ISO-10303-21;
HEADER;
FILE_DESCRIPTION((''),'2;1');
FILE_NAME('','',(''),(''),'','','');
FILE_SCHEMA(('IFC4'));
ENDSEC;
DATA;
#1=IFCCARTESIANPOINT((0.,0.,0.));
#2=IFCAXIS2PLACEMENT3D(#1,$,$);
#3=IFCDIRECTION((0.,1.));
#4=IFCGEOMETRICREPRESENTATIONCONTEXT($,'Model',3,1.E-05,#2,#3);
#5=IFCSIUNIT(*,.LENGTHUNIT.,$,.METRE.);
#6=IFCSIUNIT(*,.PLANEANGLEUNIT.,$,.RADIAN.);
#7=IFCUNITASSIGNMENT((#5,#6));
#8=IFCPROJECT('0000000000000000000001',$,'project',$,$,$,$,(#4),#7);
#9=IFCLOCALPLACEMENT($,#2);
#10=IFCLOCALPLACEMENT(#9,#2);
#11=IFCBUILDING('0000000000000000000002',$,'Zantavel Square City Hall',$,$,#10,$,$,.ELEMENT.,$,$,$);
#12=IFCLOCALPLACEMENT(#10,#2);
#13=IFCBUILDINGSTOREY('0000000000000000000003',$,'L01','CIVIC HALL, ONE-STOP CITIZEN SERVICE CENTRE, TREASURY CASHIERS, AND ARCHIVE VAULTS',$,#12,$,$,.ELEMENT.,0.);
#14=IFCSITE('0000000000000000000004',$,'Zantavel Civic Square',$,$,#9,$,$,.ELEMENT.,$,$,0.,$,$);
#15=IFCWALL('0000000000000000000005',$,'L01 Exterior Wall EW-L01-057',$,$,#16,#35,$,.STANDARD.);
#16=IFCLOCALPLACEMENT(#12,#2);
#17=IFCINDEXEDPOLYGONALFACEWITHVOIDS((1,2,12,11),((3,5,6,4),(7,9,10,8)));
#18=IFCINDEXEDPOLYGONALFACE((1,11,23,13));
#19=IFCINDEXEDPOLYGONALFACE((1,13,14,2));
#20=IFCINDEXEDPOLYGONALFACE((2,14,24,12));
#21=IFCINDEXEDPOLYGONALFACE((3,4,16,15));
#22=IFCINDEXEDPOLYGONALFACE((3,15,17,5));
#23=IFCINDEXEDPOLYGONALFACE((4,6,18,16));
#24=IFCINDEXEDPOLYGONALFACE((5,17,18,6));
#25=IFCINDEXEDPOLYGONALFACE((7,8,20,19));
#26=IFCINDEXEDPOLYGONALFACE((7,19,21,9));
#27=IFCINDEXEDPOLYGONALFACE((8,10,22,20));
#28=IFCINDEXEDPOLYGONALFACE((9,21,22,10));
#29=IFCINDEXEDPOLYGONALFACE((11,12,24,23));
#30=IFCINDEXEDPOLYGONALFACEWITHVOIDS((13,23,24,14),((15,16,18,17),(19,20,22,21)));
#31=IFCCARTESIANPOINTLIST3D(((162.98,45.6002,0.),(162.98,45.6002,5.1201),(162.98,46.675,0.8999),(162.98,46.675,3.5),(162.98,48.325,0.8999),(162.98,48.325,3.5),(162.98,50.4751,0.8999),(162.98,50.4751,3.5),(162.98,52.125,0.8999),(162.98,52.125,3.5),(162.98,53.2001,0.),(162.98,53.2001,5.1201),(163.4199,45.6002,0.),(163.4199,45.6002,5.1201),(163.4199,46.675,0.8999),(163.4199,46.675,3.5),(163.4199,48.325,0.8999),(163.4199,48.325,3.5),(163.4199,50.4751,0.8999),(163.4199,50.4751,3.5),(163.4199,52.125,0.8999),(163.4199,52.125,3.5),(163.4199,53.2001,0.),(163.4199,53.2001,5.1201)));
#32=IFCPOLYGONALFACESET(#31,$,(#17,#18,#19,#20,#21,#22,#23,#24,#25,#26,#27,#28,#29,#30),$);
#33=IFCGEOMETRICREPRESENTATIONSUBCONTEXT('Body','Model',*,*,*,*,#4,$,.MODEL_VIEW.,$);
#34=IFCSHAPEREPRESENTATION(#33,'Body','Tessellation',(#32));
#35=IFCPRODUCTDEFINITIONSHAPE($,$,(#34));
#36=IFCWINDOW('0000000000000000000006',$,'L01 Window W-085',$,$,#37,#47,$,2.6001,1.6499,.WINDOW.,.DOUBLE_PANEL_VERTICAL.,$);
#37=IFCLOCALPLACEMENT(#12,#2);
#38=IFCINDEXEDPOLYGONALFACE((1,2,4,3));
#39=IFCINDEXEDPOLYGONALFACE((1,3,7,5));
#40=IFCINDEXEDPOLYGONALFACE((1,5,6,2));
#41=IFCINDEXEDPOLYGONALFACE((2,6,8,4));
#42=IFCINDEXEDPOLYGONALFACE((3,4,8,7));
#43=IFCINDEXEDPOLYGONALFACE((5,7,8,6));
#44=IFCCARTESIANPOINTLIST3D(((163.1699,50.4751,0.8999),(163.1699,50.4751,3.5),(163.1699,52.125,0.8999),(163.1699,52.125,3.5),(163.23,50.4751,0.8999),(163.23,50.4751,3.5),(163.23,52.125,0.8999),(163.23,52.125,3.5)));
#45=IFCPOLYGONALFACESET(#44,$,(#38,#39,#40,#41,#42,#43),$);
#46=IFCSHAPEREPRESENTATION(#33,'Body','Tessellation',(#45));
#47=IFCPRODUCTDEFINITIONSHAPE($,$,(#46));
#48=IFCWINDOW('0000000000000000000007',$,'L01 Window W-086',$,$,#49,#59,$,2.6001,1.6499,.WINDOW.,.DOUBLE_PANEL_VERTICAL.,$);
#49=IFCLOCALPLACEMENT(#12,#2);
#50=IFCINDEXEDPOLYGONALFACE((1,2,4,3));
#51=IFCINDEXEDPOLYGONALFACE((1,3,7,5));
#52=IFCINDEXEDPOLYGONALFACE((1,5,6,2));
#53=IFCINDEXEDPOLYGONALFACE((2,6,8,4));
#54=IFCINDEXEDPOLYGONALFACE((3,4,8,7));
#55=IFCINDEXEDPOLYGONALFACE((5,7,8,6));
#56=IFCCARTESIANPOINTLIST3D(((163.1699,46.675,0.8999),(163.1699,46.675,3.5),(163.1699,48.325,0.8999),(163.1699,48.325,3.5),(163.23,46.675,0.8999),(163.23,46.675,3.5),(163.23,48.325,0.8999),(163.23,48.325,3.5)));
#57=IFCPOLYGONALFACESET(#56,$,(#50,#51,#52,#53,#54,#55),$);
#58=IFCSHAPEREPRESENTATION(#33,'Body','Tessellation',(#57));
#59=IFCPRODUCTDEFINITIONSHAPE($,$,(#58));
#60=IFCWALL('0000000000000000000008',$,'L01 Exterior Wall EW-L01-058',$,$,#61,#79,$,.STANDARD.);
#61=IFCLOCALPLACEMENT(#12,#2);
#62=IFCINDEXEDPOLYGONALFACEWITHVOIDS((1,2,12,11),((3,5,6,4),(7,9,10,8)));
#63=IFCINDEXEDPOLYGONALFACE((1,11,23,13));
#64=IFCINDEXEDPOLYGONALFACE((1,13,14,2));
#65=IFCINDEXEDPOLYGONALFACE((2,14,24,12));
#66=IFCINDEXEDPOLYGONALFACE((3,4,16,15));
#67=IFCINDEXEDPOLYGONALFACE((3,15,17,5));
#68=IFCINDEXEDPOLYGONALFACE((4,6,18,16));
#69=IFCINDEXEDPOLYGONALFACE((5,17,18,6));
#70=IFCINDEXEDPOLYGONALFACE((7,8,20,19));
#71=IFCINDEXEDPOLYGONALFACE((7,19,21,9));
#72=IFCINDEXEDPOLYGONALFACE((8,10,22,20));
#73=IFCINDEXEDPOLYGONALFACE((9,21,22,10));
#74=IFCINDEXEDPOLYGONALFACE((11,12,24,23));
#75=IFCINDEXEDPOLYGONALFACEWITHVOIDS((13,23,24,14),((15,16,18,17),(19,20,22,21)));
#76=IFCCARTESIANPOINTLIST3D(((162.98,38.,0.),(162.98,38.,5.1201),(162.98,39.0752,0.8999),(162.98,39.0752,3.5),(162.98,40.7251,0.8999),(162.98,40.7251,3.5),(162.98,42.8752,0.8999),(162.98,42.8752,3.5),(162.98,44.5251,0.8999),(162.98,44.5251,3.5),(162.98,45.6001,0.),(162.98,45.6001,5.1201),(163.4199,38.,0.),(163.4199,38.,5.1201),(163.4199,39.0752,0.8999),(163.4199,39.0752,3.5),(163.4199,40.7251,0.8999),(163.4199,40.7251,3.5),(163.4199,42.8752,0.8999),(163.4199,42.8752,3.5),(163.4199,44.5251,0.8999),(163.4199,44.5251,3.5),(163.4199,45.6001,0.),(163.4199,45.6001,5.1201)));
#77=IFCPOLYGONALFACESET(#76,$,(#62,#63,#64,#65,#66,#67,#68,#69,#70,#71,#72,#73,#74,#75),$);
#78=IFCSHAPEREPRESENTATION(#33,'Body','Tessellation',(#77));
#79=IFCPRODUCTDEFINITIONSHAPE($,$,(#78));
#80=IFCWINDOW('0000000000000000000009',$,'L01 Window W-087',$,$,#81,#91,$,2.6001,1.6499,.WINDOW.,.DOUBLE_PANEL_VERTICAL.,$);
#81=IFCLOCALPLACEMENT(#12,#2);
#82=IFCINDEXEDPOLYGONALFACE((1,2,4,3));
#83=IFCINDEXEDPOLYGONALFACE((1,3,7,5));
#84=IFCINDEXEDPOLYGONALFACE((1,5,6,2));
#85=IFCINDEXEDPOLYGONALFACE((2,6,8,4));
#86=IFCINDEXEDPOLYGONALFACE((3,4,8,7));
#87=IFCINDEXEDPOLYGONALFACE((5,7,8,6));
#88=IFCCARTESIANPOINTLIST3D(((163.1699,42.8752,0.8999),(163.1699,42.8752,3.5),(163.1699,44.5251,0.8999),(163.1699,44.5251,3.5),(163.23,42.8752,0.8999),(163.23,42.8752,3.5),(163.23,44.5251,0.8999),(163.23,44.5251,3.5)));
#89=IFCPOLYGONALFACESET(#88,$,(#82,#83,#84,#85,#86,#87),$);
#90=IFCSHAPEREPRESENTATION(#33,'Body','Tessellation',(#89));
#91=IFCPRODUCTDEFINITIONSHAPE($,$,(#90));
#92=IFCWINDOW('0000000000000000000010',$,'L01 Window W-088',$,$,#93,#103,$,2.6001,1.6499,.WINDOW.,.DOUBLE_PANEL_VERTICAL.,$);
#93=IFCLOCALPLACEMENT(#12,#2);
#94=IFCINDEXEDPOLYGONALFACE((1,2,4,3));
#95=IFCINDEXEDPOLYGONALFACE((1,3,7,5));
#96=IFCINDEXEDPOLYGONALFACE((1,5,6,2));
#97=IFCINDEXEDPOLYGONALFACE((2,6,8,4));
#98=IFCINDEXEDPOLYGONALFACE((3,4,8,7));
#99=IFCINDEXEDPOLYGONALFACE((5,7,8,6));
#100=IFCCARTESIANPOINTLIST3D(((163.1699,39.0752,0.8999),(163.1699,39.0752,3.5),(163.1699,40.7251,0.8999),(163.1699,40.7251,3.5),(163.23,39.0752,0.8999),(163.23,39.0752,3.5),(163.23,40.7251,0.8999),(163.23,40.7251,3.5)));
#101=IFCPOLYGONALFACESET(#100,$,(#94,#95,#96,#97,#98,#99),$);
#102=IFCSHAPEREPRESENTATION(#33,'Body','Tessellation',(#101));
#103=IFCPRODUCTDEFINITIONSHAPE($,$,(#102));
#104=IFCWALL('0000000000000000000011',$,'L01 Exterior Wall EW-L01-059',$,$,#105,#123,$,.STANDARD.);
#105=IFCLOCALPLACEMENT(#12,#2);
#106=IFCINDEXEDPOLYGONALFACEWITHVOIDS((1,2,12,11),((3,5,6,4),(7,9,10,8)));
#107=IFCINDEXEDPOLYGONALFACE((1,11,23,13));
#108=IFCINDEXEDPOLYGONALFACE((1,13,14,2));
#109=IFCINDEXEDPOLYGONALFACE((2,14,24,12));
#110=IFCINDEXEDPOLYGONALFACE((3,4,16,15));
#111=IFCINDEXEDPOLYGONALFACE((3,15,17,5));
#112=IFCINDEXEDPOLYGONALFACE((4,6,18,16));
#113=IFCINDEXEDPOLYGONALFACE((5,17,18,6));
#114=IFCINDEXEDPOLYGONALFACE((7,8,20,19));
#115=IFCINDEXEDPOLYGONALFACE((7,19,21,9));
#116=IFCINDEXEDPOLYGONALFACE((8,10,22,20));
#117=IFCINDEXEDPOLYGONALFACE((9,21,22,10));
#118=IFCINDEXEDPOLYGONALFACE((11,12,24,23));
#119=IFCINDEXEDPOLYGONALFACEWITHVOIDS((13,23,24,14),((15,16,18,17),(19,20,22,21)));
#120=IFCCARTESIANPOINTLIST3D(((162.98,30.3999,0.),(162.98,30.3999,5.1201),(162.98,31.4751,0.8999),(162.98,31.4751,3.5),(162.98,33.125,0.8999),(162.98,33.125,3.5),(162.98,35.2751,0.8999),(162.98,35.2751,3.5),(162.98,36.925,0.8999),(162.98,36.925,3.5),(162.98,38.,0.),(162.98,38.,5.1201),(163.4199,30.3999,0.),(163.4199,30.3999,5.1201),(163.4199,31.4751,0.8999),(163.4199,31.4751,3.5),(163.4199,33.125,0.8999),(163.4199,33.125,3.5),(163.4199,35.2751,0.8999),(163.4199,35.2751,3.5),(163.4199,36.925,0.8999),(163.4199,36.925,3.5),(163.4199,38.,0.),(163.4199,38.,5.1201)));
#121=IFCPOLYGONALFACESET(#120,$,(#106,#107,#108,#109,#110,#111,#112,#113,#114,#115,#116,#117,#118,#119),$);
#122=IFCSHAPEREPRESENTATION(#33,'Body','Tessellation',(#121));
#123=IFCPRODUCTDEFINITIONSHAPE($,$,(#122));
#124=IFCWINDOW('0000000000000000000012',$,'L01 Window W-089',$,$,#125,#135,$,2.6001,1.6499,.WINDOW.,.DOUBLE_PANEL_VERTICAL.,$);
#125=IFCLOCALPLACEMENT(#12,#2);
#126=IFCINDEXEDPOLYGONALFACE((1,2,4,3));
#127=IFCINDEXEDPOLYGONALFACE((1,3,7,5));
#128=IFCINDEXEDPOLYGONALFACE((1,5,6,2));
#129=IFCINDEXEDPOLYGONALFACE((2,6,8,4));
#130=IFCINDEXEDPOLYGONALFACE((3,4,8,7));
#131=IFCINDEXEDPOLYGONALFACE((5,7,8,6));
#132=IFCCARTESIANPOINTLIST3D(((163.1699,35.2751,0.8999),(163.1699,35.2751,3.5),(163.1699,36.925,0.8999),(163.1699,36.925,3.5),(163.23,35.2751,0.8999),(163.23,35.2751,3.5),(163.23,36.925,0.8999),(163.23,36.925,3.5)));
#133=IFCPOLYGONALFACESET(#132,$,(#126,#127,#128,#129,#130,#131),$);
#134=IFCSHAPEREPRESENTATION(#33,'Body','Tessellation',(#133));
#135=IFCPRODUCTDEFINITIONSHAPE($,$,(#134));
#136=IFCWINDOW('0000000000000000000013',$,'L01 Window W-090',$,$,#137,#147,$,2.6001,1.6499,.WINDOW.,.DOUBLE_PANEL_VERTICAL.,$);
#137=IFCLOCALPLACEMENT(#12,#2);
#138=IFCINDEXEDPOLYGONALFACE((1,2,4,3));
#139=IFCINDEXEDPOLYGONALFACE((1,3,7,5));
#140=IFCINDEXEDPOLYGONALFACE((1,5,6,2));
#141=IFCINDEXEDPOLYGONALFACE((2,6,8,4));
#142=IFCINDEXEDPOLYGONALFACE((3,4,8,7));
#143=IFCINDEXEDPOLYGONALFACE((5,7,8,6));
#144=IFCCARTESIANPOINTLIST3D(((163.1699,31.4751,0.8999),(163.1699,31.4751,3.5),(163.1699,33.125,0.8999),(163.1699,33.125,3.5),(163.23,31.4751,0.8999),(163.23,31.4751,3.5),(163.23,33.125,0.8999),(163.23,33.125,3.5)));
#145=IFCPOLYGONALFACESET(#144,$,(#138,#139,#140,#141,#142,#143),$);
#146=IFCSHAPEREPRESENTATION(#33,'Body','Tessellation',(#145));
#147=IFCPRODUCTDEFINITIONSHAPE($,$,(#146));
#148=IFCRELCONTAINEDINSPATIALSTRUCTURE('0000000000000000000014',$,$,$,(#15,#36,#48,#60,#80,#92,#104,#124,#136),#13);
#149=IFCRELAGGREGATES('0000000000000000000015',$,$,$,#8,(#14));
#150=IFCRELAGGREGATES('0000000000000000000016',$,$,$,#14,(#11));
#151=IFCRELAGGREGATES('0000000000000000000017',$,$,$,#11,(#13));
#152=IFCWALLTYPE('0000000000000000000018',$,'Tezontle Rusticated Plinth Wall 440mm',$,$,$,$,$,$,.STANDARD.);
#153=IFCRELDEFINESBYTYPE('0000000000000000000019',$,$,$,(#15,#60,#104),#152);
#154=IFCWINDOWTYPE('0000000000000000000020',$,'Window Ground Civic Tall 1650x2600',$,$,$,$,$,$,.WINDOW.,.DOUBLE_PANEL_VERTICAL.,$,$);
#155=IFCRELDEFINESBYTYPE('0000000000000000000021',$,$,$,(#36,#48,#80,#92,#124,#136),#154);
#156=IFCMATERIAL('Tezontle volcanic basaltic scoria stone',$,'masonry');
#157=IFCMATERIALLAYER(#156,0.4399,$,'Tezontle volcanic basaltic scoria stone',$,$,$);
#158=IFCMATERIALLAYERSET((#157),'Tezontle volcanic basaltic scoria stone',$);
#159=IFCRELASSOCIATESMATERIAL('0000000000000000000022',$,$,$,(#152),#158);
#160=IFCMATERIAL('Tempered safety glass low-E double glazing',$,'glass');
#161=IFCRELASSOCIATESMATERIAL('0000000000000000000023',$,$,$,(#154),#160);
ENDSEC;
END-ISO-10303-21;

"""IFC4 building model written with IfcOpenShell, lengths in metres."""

from ifc_helpers import new_model, si_unit, direction, frame, frame_2d, origin, place, context, subcontext, project, spatial, rectangle, extrude, material, layer, layer_set, type_object, element, fill, save


model = new_model("IFC4")

# Units and contexts
model_context = context("Model", 3, precision=1e-05, world=origin(), true_north=direction((0.0, 1.0)))
body_context = subcontext(model_context, "Body", "Model", "MODEL_VIEW")
ifc_project = project(units=[si_unit("LENGTHUNIT", "METRE"), si_unit("PLANEANGLEUNIT", "RADIAN")], contexts=[model_context])

# Site, building, storey
site_placement = place(None, origin())
site = spatial("IfcSite", under=ifc_project, at=site_placement, Name="Zantavel Civic Square", CompositionType="ELEMENT", RefElevation=0.0)
building_placement = place(site_placement, origin())
building = spatial("IfcBuilding", under=site, at=building_placement, Name="Zantavel Square City Hall", CompositionType="ELEMENT")
storey_placement = place(building_placement, origin())
storey = spatial("IfcBuildingStorey", under=building, at=storey_placement, Name="L01", Description="CIVIC HALL, ONE-STOP CITIZEN SERVICE CENTRE, TREASURY CASHIERS, AND ARCHIVE VAULTS", CompositionType="ELEMENT", Elevation=0.0)

# Walls, openings, windows
ifc_material_1 = material(Name="Tezontle volcanic basaltic scoria stone", Category="masonry")
ifc_layer_1 = layer(ifc_material_1, 0.4399, Name="Tezontle volcanic basaltic scoria stone")
ifc_layer_set_1 = layer_set([ifc_layer_1], Name="Tezontle volcanic basaltic scoria stone")
wall_type_1 = type_object("IfcWallType", Name="Tezontle Rusticated Plinth Wall 440mm", PredefinedType="STANDARD", material=ifc_layer_set_1)
wall_1_placement = place(storey_placement, frame((163.2, 53.2, 0.0), z_axis=(0.0, 0.0, 1.0), x_axis=(0.0, -1.0, 0.0)))
wall_1 = element("IfcWall", 1, at=wall_1_placement, inside=storey, type_object=wall_type_1, Name="L01 Exterior Wall EW-L01-057", PredefinedType="STANDARD", context=body_context, shape_type="SweptSolid", body=[
    extrude(rectangle(XDim=7.5999, YDim=0.4399, at=frame_2d((3.7998, 0.0))), origin(), (0.0, 0.0, 1.0), 5.1201),
])
opening_1_placement = place(wall_1_placement, frame((1.075, 0.0, 0.8999)))
opening_1 = element("IfcOpeningElement", 2, at=opening_1_placement, cuts=wall_1, PredefinedType="OPENING", context=body_context, shape_type="SweptSolid", body=[
    extrude(rectangle(XDim=1.6499, YDim=2.6001, at=frame_2d((0.825, 1.3))), frame((0.0, 0.23, 0.0), z_axis=(0.0, -1.0, 0.0), x_axis=(1.0, 0.0, 0.0)), (0.0, 0.0, 1.0), 0.46),
])
opening_2_placement = place(wall_1_placement, frame((4.875, 0.0, 0.8999)))
opening_2 = element("IfcOpeningElement", 3, at=opening_2_placement, cuts=wall_1, PredefinedType="OPENING", context=body_context, shape_type="SweptSolid", body=[
    extrude(rectangle(XDim=1.6499, YDim=2.6001, at=frame_2d((0.825, 1.3))), frame((0.0, 0.23, 0.0), z_axis=(0.0, -1.0, 0.0), x_axis=(1.0, 0.0, 0.0)), (0.0, 0.0, 1.0), 0.46),
])
ifc_material_2 = material(Name="Tempered safety glass low-E double glazing", Category="glass")
window_type = type_object("IfcWindowType", Name="Window Ground Civic Tall 1650x2600", PartitioningType="DOUBLE_PANEL_VERTICAL", PredefinedType="WINDOW", material=ifc_material_2)
window_1_placement = place(opening_1_placement, origin())
window_1 = element("IfcWindow", 4, at=window_1_placement, inside=storey, type_object=window_type, Name="L01 Window W-085", OverallHeight=2.6001, OverallWidth=1.6499, PartitioningType="DOUBLE_PANEL_VERTICAL", PredefinedType="WINDOW", context=body_context, shape_type="SweptSolid", body=[
    extrude(rectangle(XDim=1.6499, YDim=2.6001, at=frame_2d((0.825, 1.3))), frame((0.0, 0.03, 0.0), z_axis=(0.0, -1.0, 0.0), x_axis=(1.0, 0.0, 0.0)), (0.0, 0.0, 1.0), 0.0601),
])
fill(opening_1, window_1)
window_2_placement = place(opening_2_placement, origin())
window_2 = element("IfcWindow", 5, at=window_2_placement, inside=storey, type_object=window_type, Name="L01 Window W-086", OverallHeight=2.6001, OverallWidth=1.6499, PartitioningType="DOUBLE_PANEL_VERTICAL", PredefinedType="WINDOW", context=body_context, shape_type="SweptSolid", body=[
    extrude(rectangle(XDim=1.6499, YDim=2.6001, at=frame_2d((0.825, 1.3))), frame((0.0, 0.03, 0.0), z_axis=(0.0, -1.0, 0.0), x_axis=(1.0, 0.0, 0.0)), (0.0, 0.0, 1.0), 0.0601),
])
fill(opening_2, window_2)
wall_2_placement = place(storey_placement, frame((163.2, 45.6001, 0.0), z_axis=(0.0, 0.0, 1.0), x_axis=(0.0, -1.0, 0.0)))
wall_2 = element("IfcWall", 6, at=wall_2_placement, inside=storey, type_object=wall_type_1, Name="L01 Exterior Wall EW-L01-058", PredefinedType="STANDARD", context=body_context, shape_type="SweptSolid", body=[
    extrude(rectangle(XDim=7.6001, YDim=0.4399, at=frame_2d((3.8, 0.0))), origin(), (0.0, 0.0, 1.0), 5.1201),
])
opening_3_placement = place(wall_2_placement, frame((1.075, 0.0, 0.8999)))
opening_3 = element("IfcOpeningElement", 7, at=opening_3_placement, cuts=wall_2, PredefinedType="OPENING", context=body_context, shape_type="SweptSolid", body=[
    extrude(rectangle(XDim=1.6499, YDim=2.6001, at=frame_2d((0.825, 1.3))), frame((0.0, 0.23, 0.0), z_axis=(0.0, -1.0, 0.0), x_axis=(1.0, 0.0, 0.0)), (0.0, 0.0, 1.0), 0.46),
])
opening_4_placement = place(wall_2_placement, frame((4.875, 0.0, 0.8999)))
opening_4 = element("IfcOpeningElement", 8, at=opening_4_placement, cuts=wall_2, PredefinedType="OPENING", context=body_context, shape_type="SweptSolid", body=[
    extrude(rectangle(XDim=1.6499, YDim=2.6001, at=frame_2d((0.825, 1.3))), frame((0.0, 0.23, 0.0), z_axis=(0.0, -1.0, 0.0), x_axis=(1.0, 0.0, 0.0)), (0.0, 0.0, 1.0), 0.46),
])
window_3_placement = place(opening_3_placement, origin())
window_3 = element("IfcWindow", 9, at=window_3_placement, inside=storey, type_object=window_type, Name="L01 Window W-087", OverallHeight=2.6001, OverallWidth=1.6499, PartitioningType="DOUBLE_PANEL_VERTICAL", PredefinedType="WINDOW", context=body_context, shape_type="SweptSolid", body=[
    extrude(rectangle(XDim=1.6499, YDim=2.6001, at=frame_2d((0.825, 1.3))), frame((0.0, 0.03, 0.0), z_axis=(0.0, -1.0, 0.0), x_axis=(1.0, 0.0, 0.0)), (0.0, 0.0, 1.0), 0.0601),
])
fill(opening_3, window_3)
window_4_placement = place(opening_4_placement, origin())
window_4 = element("IfcWindow", 10, at=window_4_placement, inside=storey, type_object=window_type, Name="L01 Window W-088", OverallHeight=2.6001, OverallWidth=1.6499, PartitioningType="DOUBLE_PANEL_VERTICAL", PredefinedType="WINDOW", context=body_context, shape_type="SweptSolid", body=[
    extrude(rectangle(XDim=1.6499, YDim=2.6001, at=frame_2d((0.825, 1.3))), frame((0.0, 0.03, 0.0), z_axis=(0.0, -1.0, 0.0), x_axis=(1.0, 0.0, 0.0)), (0.0, 0.0, 1.0), 0.0601),
])
fill(opening_4, window_4)
wall_3_placement = place(storey_placement, frame((163.2, 38.0, 0.0), z_axis=(0.0, 0.0, 1.0), x_axis=(0.0, -1.0, 0.0)))
wall_3 = element("IfcWall", 11, at=wall_3_placement, inside=storey, type_object=wall_type_1, Name="L01 Exterior Wall EW-L01-059", PredefinedType="STANDARD", context=body_context, shape_type="SweptSolid", body=[
    extrude(rectangle(XDim=7.6001, YDim=0.4399, at=frame_2d((3.8, 0.0))), origin(), (0.0, 0.0, 1.0), 5.1201),
])
opening_5_placement = place(wall_3_placement, frame((1.075, 0.0, 0.8999)))
opening_5 = element("IfcOpeningElement", 12, at=opening_5_placement, cuts=wall_3, PredefinedType="OPENING", context=body_context, shape_type="SweptSolid", body=[
    extrude(rectangle(XDim=1.6499, YDim=2.6001, at=frame_2d((0.825, 1.3))), frame((0.0, 0.23, 0.0), z_axis=(0.0, -1.0, 0.0), x_axis=(1.0, 0.0, 0.0)), (0.0, 0.0, 1.0), 0.46),
])
opening_6_placement = place(wall_3_placement, frame((4.875, 0.0, 0.8999)))
opening_6 = element("IfcOpeningElement", 13, at=opening_6_placement, cuts=wall_3, PredefinedType="OPENING", context=body_context, shape_type="SweptSolid", body=[
    extrude(rectangle(XDim=1.6499, YDim=2.6001, at=frame_2d((0.825, 1.3))), frame((0.0, 0.23, 0.0), z_axis=(0.0, -1.0, 0.0), x_axis=(1.0, 0.0, 0.0)), (0.0, 0.0, 1.0), 0.46),
])
window_5_placement = place(opening_5_placement, origin())
window_5 = element("IfcWindow", 14, at=window_5_placement, inside=storey, type_object=window_type, Name="L01 Window W-089", OverallHeight=2.6001, OverallWidth=1.6499, PartitioningType="DOUBLE_PANEL_VERTICAL", PredefinedType="WINDOW", context=body_context, shape_type="SweptSolid", body=[
    extrude(rectangle(XDim=1.6499, YDim=2.6001, at=frame_2d((0.825, 1.3))), frame((0.0, 0.03, 0.0), z_axis=(0.0, -1.0, 0.0), x_axis=(1.0, 0.0, 0.0)), (0.0, 0.0, 1.0), 0.0601),
])
fill(opening_5, window_5)
window_6_placement = place(opening_6_placement, origin())
window_6 = element("IfcWindow", 15, at=window_6_placement, inside=storey, type_object=window_type, Name="L01 Window W-090", OverallHeight=2.6001, OverallWidth=1.6499, PartitioningType="DOUBLE_PANEL_VERTICAL", PredefinedType="WINDOW", context=body_context, shape_type="SweptSolid", body=[
    extrude(rectangle(XDim=1.6499, YDim=2.6001, at=frame_2d((0.825, 1.3))), frame((0.0, 0.03, 0.0), z_axis=(0.0, -1.0, 0.0), x_axis=(1.0, 0.0, 0.0)), (0.0, 0.0, 1.0), 0.0601),
])
fill(opening_6, window_6)

save(model, "model.ifc")
